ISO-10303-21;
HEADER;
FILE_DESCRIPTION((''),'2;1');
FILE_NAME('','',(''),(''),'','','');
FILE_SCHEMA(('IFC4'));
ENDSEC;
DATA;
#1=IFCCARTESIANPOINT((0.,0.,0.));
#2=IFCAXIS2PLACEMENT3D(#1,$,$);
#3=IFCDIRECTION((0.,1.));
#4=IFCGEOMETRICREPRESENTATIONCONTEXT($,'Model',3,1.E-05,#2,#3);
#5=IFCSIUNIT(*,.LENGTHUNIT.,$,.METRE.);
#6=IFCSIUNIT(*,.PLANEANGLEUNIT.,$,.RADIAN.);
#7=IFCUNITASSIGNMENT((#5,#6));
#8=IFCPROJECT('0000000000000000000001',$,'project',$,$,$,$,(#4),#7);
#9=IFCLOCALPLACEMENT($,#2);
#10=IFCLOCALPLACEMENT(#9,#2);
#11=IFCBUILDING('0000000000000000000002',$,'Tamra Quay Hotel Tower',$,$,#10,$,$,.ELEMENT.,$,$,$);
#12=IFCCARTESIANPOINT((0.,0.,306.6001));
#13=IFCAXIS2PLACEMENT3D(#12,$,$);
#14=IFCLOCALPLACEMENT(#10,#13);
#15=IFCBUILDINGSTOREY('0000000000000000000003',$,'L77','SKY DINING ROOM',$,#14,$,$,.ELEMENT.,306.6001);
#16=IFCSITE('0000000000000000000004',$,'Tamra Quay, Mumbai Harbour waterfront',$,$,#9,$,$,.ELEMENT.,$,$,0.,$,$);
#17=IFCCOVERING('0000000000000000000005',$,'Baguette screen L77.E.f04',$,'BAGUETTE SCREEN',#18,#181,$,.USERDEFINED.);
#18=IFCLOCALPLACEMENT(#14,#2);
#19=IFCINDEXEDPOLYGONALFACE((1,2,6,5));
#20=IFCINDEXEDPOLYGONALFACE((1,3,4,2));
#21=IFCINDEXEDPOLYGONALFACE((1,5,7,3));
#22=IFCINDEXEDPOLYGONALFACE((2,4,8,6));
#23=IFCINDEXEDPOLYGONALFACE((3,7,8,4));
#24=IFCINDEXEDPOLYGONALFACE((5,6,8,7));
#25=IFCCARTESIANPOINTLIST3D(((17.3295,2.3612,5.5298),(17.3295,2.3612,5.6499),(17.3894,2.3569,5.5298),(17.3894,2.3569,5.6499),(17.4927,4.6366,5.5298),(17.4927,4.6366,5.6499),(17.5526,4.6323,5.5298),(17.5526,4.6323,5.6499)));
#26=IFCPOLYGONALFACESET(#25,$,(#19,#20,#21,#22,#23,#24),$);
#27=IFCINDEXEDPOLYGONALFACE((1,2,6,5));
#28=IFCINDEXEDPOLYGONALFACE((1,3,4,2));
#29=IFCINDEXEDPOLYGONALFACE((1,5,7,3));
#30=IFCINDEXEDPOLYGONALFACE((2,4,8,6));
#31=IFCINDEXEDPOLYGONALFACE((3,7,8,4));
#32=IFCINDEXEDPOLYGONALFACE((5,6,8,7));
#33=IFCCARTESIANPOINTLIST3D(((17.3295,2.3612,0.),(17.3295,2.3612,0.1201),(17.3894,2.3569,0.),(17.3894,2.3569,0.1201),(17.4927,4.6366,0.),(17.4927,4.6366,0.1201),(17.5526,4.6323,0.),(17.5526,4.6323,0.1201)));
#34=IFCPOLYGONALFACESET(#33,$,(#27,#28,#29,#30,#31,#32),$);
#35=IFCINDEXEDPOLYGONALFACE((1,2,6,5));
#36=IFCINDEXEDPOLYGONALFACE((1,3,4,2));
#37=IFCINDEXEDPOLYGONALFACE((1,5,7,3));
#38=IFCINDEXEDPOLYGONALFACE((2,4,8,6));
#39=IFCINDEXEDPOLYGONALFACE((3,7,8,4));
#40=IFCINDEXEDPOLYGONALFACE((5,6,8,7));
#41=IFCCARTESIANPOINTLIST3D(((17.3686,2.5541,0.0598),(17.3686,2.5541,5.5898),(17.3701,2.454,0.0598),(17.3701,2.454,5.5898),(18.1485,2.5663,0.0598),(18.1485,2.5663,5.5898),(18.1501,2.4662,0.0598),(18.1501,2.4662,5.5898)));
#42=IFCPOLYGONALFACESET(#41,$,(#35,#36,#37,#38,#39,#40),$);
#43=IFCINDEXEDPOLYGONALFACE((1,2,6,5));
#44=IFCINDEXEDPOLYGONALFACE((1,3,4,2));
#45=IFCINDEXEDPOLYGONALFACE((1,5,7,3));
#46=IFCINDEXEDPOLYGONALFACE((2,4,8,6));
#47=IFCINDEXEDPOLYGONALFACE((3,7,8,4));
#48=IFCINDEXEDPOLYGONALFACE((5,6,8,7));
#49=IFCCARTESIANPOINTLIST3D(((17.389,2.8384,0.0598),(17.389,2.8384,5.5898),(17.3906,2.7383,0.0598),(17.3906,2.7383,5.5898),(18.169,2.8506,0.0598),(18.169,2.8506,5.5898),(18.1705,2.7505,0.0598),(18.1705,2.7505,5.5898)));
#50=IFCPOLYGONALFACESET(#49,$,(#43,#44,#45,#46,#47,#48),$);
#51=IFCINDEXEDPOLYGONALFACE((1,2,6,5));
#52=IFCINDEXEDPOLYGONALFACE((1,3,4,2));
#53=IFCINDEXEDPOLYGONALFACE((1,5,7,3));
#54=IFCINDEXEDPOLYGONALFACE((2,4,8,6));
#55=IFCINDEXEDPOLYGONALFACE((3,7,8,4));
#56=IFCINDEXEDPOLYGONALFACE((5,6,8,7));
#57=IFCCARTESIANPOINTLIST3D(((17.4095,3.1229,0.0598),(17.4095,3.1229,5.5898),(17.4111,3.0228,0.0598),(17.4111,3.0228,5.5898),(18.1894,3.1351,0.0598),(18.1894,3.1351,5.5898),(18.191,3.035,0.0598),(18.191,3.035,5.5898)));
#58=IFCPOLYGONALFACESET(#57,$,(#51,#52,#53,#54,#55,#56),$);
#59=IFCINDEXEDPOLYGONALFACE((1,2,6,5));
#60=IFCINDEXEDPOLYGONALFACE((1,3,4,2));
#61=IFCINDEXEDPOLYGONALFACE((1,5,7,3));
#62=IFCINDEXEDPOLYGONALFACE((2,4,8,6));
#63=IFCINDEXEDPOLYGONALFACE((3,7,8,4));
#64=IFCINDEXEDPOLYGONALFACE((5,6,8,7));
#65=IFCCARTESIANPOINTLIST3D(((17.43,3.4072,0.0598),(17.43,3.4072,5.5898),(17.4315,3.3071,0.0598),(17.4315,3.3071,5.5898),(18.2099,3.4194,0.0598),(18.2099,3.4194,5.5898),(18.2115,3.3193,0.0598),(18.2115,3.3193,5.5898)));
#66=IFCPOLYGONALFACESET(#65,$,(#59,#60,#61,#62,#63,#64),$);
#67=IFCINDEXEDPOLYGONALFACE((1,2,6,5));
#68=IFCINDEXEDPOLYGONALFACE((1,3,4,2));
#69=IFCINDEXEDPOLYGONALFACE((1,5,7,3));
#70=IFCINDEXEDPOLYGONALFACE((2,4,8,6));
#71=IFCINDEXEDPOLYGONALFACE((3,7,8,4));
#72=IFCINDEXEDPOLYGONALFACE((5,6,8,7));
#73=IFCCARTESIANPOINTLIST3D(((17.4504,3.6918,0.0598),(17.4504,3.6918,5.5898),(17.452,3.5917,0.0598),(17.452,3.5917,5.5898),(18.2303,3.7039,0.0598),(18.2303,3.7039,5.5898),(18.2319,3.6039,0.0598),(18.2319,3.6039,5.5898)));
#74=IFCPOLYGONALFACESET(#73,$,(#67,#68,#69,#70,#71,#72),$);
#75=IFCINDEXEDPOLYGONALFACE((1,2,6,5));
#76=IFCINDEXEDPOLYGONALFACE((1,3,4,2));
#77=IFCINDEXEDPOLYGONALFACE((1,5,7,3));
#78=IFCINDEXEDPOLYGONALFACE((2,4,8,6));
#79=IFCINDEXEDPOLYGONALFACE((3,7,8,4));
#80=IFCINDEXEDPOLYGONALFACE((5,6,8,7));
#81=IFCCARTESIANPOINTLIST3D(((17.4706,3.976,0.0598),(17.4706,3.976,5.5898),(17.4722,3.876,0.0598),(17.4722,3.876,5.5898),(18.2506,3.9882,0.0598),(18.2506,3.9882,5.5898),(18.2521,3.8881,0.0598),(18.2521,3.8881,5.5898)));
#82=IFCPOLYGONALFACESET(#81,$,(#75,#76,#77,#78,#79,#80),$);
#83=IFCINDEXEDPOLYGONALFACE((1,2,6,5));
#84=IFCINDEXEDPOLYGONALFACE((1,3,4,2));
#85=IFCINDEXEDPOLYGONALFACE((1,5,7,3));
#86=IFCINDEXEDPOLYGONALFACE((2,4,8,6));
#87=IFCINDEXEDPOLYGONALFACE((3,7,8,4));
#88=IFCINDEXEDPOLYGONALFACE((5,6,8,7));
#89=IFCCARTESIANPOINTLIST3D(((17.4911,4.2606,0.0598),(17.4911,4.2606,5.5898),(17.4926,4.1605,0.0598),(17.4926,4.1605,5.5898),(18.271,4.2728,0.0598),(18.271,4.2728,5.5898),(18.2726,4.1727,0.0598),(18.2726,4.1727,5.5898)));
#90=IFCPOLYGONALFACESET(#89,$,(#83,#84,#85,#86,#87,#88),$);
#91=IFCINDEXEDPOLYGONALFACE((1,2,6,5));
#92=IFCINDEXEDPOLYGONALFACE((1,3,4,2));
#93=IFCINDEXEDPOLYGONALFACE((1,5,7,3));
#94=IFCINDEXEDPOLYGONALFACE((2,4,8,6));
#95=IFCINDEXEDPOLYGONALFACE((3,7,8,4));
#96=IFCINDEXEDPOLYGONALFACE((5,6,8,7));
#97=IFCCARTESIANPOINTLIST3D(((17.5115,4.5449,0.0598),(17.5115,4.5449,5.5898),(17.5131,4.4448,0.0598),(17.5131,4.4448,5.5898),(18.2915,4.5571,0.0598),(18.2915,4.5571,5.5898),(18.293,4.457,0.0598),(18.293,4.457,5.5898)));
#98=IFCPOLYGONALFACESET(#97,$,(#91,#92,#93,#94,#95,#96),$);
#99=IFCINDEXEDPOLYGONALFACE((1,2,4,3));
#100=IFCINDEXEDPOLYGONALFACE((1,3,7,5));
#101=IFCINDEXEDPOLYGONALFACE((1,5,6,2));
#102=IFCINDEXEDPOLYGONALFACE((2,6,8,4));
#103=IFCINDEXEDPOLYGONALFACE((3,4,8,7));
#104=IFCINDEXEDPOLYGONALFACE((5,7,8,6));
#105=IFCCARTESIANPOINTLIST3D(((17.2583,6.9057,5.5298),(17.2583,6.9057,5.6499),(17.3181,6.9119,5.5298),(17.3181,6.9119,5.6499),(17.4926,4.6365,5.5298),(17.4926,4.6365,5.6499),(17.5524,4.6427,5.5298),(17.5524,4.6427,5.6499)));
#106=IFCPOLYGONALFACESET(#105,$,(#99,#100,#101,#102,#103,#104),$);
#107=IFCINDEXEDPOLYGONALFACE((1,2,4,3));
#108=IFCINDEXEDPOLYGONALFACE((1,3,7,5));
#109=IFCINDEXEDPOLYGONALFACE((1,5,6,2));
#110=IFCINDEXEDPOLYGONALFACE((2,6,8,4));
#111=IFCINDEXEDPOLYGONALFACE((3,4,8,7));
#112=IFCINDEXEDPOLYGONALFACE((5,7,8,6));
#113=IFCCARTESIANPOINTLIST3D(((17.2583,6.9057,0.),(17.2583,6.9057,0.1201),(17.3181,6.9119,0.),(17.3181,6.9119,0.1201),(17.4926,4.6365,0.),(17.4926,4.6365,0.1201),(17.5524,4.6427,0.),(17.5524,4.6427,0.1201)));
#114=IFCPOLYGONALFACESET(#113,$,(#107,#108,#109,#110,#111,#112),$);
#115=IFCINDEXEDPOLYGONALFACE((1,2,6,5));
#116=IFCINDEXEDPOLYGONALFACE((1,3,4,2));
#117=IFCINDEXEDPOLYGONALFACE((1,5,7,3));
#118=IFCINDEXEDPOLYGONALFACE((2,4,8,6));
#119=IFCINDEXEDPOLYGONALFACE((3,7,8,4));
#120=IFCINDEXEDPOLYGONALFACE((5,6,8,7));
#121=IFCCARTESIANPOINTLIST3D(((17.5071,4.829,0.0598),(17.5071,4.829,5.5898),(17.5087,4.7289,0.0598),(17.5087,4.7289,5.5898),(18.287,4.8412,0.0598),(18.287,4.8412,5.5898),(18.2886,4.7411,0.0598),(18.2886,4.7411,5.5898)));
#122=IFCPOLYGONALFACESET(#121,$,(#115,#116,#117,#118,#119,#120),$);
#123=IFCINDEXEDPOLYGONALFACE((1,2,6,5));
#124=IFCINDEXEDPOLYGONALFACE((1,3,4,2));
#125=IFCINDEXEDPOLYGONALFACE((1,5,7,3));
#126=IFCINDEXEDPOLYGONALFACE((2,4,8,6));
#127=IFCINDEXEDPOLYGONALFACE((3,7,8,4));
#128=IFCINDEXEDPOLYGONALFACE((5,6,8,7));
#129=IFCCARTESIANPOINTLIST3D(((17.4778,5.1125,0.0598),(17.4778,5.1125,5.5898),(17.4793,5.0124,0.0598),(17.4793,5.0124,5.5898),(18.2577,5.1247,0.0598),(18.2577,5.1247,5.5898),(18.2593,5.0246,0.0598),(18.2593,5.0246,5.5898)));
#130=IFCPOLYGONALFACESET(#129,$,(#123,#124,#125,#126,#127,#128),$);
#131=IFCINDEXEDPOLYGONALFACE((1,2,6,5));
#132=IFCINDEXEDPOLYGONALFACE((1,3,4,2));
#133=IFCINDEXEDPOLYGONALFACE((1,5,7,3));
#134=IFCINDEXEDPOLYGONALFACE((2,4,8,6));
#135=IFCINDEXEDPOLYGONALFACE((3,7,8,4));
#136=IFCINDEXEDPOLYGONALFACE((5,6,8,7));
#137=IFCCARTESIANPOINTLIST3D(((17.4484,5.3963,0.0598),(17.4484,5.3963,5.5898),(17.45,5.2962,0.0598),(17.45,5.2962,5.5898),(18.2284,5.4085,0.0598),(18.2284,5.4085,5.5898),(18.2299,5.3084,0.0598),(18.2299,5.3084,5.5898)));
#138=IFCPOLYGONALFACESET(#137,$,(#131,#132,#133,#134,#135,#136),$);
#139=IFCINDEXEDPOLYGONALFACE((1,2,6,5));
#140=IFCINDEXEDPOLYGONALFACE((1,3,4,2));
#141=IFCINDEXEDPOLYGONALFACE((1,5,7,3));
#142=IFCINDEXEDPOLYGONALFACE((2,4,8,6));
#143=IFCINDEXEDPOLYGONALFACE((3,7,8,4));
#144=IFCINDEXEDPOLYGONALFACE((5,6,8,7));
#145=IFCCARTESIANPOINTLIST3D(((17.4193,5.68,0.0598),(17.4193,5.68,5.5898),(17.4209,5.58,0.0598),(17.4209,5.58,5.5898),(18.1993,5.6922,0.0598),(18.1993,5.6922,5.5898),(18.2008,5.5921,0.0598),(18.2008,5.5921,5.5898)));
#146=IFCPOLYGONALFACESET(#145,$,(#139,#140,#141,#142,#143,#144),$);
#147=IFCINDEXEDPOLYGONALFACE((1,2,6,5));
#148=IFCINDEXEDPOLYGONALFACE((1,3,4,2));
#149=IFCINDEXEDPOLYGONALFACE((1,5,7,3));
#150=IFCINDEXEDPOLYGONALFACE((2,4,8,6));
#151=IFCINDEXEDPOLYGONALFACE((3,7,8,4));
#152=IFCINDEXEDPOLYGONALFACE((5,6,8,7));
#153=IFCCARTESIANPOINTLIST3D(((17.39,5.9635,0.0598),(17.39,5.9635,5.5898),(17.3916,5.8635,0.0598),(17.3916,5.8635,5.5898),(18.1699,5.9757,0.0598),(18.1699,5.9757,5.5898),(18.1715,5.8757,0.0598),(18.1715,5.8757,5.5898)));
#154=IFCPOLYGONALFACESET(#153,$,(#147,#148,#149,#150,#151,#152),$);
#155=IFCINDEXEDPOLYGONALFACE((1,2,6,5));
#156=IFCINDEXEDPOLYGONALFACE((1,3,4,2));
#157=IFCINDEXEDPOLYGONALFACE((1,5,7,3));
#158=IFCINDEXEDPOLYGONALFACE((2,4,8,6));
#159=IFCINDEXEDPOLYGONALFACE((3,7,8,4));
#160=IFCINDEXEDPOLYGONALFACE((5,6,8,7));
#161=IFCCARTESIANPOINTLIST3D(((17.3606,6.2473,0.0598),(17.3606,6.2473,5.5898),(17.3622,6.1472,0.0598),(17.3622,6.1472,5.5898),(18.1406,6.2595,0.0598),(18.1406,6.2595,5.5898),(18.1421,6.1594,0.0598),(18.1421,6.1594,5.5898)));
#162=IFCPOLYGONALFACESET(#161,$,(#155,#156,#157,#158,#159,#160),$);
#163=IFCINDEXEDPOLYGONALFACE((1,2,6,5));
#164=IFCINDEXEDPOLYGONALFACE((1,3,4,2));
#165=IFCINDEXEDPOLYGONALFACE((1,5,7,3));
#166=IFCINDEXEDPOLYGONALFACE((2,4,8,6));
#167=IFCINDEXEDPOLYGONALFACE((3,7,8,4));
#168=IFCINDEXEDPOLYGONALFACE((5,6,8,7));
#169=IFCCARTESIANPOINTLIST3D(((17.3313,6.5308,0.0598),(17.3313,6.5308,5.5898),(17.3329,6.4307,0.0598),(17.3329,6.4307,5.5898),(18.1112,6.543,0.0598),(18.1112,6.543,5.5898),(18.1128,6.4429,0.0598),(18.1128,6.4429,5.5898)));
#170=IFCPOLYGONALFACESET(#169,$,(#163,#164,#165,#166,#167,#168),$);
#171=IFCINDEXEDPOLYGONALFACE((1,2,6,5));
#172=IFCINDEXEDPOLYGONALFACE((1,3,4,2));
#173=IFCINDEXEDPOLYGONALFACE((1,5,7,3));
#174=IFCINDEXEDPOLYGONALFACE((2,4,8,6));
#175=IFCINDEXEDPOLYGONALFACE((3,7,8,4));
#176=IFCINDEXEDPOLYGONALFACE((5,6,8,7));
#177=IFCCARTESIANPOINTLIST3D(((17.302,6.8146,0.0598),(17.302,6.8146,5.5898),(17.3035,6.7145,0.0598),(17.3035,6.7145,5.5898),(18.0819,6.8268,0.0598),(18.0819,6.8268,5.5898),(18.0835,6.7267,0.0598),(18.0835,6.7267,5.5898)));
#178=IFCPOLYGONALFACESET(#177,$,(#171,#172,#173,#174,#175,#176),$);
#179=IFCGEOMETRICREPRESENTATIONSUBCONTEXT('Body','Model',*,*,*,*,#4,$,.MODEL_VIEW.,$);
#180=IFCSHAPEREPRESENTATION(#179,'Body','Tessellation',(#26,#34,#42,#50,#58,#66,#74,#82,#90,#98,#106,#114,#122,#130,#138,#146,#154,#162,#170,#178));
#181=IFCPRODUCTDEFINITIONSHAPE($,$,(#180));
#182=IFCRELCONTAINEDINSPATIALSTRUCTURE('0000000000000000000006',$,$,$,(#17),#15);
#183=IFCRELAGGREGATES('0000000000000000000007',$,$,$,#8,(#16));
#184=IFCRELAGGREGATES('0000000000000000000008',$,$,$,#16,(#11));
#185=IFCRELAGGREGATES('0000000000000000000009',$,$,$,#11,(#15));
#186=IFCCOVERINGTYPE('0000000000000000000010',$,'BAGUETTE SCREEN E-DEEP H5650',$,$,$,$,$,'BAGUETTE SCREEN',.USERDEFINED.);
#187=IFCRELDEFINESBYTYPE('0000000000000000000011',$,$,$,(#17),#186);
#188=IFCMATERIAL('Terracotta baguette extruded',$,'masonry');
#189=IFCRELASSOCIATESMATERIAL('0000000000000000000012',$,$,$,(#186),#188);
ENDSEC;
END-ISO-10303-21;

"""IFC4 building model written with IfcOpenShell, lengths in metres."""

from ifc_helpers import new_model, si_unit, direction, frame, frame_2d, origin, place, context, subcontext, project, spatial, rectangle, extrude, source, transform, mapped, material, type_object, element, save


model = new_model("IFC4")

# Units and contexts
model_context = context("Model", 3, precision=1e-05, world=origin(), true_north=direction((0.0, 1.0)))
body_context = subcontext(model_context, "Body", "Model", "MODEL_VIEW")
ifc_project = project(units=[si_unit("LENGTHUNIT", "METRE"), si_unit("PLANEANGLEUNIT", "RADIAN")], contexts=[model_context])

# Site, building, storey
site_placement = place(None, origin())
site = spatial("IfcSite", under=ifc_project, at=site_placement, Name="Tamra Quay, Mumbai Harbour waterfront", CompositionType="ELEMENT", RefElevation=0.0)
building_placement = place(site_placement, origin())
building = spatial("IfcBuilding", under=site, at=building_placement, Name="Tamra Quay Hotel Tower", CompositionType="ELEMENT")
storey_placement = place(building_placement, frame((0.0, 0.0, 306.6001)))
storey = spatial("IfcBuildingStorey", under=building, at=storey_placement, Name="L77", Description="SKY DINING ROOM", CompositionType="ELEMENT", Elevation=306.6001)

# Covering
ifc_material_1 = material(Name="Terracotta baguette extruded", Category="masonry")
covering_type_1 = type_object("IfcCoveringType", Name="BAGUETTE SCREEN E-DEEP H5650", ElementType="BAGUETTE SCREEN", PredefinedType="USERDEFINED", material=ifc_material_1)
shared_shape_1 = source(origin(), body_context, "Body", "SweptSolid", [
    extrude(rectangle(XDim=2.2812, YDim=0.0601, at=frame_2d((1.1406, 0.03))), frame((-2.2778, -0.0579, -0.1201), z_axis=(0.0, 0.0, 1.0), x_axis=(0.996195, -0.087156, 0.0)), (0.0, 0.0, 1.0), 0.1201),
    extrude(rectangle(XDim=2.2812, YDim=0.0601, at=frame_2d((1.1406, 0.03))), frame((-2.2778, -0.0579, -5.6499), z_axis=(0.0, 0.0, 1.0), x_axis=(0.996195, -0.087156, 0.0)), (0.0, 0.0, 1.0), 0.1201),
    extrude(rectangle(XDim=0.1001, YDim=0.78, at=frame_2d((0.05, 0.3901))), frame((-2.1804, -0.8203, -5.5901)), (0.0, 0.0, 1.0), 5.53),
    extrude(rectangle(XDim=0.1001, YDim=0.78, at=frame_2d((0.05, 0.3901))), frame((-1.8965, -0.8452, -5.5901)), (0.0, 0.0, 1.0), 5.53),
    extrude(rectangle(XDim=0.1001, YDim=0.78, at=frame_2d((0.05, 0.3901))), frame((-1.6123, -0.8701, -5.5901)), (0.0, 0.0, 1.0), 5.53),
    extrude(rectangle(XDim=0.1001, YDim=0.78, at=frame_2d((0.05, 0.3901))), frame((-1.3284, -0.895, -5.5901)), (0.0, 0.0, 1.0), 5.53),
    extrude(rectangle(XDim=0.1001, YDim=0.78, at=frame_2d((0.05, 0.3901))), frame((-1.0442, -0.9199, -5.5901)), (0.0, 0.0, 1.0), 5.53),
    extrude(rectangle(XDim=0.1001, YDim=0.78, at=frame_2d((0.05, 0.3901))), frame((-0.7603, -0.9446, -5.5901)), (0.0, 0.0, 1.0), 5.53),
    extrude(rectangle(XDim=0.1001, YDim=0.78, at=frame_2d((0.05, 0.3901))), frame((-0.4761, -0.9695, -5.5901)), (0.0, 0.0, 1.0), 5.53),
    extrude(rectangle(XDim=0.1001, YDim=0.78, at=frame_2d((0.05, 0.3901))), frame((-0.1921, -0.9944, -5.5901)), (0.0, 0.0, 1.0), 5.53),
    extrude(rectangle(XDim=2.2812, YDim=0.0601, at=frame_2d((1.1406, 0.03))), frame((0.0051, -0.2566, -0.1201), z_axis=(0.0, 0.0, 1.0), x_axis=(0.996195, 0.087156, 0.0)), (0.0, 0.0, 1.0), 0.1201),
    extrude(rectangle(XDim=2.2812, YDim=0.0601, at=frame_2d((1.1406, 0.03))), frame((0.0051, -0.2566, -5.6499), z_axis=(0.0, 0.0, 1.0), x_axis=(0.996195, 0.087156, 0.0)), (0.0, 0.0, 1.0), 0.1201),
    extrude(rectangle(XDim=0.1001, YDim=0.78, at=frame_2d((0.05, 0.3901))), frame((0.092, -0.9944, -5.5901)), (0.0, 0.0, 1.0), 5.53),
    extrude(rectangle(XDim=0.1001, YDim=0.78, at=frame_2d((0.05, 0.3901))), frame((0.376, -0.9695, -5.5901)), (0.0, 0.0, 1.0), 5.53),
    extrude(rectangle(XDim=0.1001, YDim=0.78, at=frame_2d((0.05, 0.3901))), frame((0.6602, -0.9446, -5.5901)), (0.0, 0.0, 1.0), 5.53),
    extrude(rectangle(XDim=0.1001, YDim=0.78, at=frame_2d((0.05, 0.3901))), frame((0.9443, -0.9199, -5.5901)), (0.0, 0.0, 1.0), 5.53),
    extrude(rectangle(XDim=0.1001, YDim=0.78, at=frame_2d((0.05, 0.3901))), frame((1.2283, -0.895, -5.5901)), (0.0, 0.0, 1.0), 5.53),
    extrude(rectangle(XDim=0.1001, YDim=0.78, at=frame_2d((0.05, 0.3901))), frame((1.5125, -0.8701, -5.5901)), (0.0, 0.0, 1.0), 5.53),
    extrude(rectangle(XDim=0.1001, YDim=0.78, at=frame_2d((0.05, 0.3901))), frame((1.7964, -0.8452, -5.5901)), (0.0, 0.0, 1.0), 5.53),
    extrude(rectangle(XDim=0.1001, YDim=0.78, at=frame_2d((0.05, 0.3901))), frame((2.0806, -0.8203, -5.5901)), (0.0, 0.0, 1.0), 5.53),
])
covering_1_placement = place(storey_placement, frame((17.2959, 4.6335, 5.6499), z_axis=(0.0, 0.0, 1.0), x_axis=(-0.015632, 0.999878, 0.0)))
element("IfcCovering", 1, at=covering_1_placement, inside=storey, type_object=covering_type_1, Name="Baguette screen L77.E.f04", ObjectType="BAGUETTE SCREEN", PredefinedType="USERDEFINED", context=body_context, shape_type="MappedRepresentation", body=[
    mapped(shared_shape_1, transform((0.0, 0.0, 0.0), scale=1.0)),
])

save(model, "model.ifc")
